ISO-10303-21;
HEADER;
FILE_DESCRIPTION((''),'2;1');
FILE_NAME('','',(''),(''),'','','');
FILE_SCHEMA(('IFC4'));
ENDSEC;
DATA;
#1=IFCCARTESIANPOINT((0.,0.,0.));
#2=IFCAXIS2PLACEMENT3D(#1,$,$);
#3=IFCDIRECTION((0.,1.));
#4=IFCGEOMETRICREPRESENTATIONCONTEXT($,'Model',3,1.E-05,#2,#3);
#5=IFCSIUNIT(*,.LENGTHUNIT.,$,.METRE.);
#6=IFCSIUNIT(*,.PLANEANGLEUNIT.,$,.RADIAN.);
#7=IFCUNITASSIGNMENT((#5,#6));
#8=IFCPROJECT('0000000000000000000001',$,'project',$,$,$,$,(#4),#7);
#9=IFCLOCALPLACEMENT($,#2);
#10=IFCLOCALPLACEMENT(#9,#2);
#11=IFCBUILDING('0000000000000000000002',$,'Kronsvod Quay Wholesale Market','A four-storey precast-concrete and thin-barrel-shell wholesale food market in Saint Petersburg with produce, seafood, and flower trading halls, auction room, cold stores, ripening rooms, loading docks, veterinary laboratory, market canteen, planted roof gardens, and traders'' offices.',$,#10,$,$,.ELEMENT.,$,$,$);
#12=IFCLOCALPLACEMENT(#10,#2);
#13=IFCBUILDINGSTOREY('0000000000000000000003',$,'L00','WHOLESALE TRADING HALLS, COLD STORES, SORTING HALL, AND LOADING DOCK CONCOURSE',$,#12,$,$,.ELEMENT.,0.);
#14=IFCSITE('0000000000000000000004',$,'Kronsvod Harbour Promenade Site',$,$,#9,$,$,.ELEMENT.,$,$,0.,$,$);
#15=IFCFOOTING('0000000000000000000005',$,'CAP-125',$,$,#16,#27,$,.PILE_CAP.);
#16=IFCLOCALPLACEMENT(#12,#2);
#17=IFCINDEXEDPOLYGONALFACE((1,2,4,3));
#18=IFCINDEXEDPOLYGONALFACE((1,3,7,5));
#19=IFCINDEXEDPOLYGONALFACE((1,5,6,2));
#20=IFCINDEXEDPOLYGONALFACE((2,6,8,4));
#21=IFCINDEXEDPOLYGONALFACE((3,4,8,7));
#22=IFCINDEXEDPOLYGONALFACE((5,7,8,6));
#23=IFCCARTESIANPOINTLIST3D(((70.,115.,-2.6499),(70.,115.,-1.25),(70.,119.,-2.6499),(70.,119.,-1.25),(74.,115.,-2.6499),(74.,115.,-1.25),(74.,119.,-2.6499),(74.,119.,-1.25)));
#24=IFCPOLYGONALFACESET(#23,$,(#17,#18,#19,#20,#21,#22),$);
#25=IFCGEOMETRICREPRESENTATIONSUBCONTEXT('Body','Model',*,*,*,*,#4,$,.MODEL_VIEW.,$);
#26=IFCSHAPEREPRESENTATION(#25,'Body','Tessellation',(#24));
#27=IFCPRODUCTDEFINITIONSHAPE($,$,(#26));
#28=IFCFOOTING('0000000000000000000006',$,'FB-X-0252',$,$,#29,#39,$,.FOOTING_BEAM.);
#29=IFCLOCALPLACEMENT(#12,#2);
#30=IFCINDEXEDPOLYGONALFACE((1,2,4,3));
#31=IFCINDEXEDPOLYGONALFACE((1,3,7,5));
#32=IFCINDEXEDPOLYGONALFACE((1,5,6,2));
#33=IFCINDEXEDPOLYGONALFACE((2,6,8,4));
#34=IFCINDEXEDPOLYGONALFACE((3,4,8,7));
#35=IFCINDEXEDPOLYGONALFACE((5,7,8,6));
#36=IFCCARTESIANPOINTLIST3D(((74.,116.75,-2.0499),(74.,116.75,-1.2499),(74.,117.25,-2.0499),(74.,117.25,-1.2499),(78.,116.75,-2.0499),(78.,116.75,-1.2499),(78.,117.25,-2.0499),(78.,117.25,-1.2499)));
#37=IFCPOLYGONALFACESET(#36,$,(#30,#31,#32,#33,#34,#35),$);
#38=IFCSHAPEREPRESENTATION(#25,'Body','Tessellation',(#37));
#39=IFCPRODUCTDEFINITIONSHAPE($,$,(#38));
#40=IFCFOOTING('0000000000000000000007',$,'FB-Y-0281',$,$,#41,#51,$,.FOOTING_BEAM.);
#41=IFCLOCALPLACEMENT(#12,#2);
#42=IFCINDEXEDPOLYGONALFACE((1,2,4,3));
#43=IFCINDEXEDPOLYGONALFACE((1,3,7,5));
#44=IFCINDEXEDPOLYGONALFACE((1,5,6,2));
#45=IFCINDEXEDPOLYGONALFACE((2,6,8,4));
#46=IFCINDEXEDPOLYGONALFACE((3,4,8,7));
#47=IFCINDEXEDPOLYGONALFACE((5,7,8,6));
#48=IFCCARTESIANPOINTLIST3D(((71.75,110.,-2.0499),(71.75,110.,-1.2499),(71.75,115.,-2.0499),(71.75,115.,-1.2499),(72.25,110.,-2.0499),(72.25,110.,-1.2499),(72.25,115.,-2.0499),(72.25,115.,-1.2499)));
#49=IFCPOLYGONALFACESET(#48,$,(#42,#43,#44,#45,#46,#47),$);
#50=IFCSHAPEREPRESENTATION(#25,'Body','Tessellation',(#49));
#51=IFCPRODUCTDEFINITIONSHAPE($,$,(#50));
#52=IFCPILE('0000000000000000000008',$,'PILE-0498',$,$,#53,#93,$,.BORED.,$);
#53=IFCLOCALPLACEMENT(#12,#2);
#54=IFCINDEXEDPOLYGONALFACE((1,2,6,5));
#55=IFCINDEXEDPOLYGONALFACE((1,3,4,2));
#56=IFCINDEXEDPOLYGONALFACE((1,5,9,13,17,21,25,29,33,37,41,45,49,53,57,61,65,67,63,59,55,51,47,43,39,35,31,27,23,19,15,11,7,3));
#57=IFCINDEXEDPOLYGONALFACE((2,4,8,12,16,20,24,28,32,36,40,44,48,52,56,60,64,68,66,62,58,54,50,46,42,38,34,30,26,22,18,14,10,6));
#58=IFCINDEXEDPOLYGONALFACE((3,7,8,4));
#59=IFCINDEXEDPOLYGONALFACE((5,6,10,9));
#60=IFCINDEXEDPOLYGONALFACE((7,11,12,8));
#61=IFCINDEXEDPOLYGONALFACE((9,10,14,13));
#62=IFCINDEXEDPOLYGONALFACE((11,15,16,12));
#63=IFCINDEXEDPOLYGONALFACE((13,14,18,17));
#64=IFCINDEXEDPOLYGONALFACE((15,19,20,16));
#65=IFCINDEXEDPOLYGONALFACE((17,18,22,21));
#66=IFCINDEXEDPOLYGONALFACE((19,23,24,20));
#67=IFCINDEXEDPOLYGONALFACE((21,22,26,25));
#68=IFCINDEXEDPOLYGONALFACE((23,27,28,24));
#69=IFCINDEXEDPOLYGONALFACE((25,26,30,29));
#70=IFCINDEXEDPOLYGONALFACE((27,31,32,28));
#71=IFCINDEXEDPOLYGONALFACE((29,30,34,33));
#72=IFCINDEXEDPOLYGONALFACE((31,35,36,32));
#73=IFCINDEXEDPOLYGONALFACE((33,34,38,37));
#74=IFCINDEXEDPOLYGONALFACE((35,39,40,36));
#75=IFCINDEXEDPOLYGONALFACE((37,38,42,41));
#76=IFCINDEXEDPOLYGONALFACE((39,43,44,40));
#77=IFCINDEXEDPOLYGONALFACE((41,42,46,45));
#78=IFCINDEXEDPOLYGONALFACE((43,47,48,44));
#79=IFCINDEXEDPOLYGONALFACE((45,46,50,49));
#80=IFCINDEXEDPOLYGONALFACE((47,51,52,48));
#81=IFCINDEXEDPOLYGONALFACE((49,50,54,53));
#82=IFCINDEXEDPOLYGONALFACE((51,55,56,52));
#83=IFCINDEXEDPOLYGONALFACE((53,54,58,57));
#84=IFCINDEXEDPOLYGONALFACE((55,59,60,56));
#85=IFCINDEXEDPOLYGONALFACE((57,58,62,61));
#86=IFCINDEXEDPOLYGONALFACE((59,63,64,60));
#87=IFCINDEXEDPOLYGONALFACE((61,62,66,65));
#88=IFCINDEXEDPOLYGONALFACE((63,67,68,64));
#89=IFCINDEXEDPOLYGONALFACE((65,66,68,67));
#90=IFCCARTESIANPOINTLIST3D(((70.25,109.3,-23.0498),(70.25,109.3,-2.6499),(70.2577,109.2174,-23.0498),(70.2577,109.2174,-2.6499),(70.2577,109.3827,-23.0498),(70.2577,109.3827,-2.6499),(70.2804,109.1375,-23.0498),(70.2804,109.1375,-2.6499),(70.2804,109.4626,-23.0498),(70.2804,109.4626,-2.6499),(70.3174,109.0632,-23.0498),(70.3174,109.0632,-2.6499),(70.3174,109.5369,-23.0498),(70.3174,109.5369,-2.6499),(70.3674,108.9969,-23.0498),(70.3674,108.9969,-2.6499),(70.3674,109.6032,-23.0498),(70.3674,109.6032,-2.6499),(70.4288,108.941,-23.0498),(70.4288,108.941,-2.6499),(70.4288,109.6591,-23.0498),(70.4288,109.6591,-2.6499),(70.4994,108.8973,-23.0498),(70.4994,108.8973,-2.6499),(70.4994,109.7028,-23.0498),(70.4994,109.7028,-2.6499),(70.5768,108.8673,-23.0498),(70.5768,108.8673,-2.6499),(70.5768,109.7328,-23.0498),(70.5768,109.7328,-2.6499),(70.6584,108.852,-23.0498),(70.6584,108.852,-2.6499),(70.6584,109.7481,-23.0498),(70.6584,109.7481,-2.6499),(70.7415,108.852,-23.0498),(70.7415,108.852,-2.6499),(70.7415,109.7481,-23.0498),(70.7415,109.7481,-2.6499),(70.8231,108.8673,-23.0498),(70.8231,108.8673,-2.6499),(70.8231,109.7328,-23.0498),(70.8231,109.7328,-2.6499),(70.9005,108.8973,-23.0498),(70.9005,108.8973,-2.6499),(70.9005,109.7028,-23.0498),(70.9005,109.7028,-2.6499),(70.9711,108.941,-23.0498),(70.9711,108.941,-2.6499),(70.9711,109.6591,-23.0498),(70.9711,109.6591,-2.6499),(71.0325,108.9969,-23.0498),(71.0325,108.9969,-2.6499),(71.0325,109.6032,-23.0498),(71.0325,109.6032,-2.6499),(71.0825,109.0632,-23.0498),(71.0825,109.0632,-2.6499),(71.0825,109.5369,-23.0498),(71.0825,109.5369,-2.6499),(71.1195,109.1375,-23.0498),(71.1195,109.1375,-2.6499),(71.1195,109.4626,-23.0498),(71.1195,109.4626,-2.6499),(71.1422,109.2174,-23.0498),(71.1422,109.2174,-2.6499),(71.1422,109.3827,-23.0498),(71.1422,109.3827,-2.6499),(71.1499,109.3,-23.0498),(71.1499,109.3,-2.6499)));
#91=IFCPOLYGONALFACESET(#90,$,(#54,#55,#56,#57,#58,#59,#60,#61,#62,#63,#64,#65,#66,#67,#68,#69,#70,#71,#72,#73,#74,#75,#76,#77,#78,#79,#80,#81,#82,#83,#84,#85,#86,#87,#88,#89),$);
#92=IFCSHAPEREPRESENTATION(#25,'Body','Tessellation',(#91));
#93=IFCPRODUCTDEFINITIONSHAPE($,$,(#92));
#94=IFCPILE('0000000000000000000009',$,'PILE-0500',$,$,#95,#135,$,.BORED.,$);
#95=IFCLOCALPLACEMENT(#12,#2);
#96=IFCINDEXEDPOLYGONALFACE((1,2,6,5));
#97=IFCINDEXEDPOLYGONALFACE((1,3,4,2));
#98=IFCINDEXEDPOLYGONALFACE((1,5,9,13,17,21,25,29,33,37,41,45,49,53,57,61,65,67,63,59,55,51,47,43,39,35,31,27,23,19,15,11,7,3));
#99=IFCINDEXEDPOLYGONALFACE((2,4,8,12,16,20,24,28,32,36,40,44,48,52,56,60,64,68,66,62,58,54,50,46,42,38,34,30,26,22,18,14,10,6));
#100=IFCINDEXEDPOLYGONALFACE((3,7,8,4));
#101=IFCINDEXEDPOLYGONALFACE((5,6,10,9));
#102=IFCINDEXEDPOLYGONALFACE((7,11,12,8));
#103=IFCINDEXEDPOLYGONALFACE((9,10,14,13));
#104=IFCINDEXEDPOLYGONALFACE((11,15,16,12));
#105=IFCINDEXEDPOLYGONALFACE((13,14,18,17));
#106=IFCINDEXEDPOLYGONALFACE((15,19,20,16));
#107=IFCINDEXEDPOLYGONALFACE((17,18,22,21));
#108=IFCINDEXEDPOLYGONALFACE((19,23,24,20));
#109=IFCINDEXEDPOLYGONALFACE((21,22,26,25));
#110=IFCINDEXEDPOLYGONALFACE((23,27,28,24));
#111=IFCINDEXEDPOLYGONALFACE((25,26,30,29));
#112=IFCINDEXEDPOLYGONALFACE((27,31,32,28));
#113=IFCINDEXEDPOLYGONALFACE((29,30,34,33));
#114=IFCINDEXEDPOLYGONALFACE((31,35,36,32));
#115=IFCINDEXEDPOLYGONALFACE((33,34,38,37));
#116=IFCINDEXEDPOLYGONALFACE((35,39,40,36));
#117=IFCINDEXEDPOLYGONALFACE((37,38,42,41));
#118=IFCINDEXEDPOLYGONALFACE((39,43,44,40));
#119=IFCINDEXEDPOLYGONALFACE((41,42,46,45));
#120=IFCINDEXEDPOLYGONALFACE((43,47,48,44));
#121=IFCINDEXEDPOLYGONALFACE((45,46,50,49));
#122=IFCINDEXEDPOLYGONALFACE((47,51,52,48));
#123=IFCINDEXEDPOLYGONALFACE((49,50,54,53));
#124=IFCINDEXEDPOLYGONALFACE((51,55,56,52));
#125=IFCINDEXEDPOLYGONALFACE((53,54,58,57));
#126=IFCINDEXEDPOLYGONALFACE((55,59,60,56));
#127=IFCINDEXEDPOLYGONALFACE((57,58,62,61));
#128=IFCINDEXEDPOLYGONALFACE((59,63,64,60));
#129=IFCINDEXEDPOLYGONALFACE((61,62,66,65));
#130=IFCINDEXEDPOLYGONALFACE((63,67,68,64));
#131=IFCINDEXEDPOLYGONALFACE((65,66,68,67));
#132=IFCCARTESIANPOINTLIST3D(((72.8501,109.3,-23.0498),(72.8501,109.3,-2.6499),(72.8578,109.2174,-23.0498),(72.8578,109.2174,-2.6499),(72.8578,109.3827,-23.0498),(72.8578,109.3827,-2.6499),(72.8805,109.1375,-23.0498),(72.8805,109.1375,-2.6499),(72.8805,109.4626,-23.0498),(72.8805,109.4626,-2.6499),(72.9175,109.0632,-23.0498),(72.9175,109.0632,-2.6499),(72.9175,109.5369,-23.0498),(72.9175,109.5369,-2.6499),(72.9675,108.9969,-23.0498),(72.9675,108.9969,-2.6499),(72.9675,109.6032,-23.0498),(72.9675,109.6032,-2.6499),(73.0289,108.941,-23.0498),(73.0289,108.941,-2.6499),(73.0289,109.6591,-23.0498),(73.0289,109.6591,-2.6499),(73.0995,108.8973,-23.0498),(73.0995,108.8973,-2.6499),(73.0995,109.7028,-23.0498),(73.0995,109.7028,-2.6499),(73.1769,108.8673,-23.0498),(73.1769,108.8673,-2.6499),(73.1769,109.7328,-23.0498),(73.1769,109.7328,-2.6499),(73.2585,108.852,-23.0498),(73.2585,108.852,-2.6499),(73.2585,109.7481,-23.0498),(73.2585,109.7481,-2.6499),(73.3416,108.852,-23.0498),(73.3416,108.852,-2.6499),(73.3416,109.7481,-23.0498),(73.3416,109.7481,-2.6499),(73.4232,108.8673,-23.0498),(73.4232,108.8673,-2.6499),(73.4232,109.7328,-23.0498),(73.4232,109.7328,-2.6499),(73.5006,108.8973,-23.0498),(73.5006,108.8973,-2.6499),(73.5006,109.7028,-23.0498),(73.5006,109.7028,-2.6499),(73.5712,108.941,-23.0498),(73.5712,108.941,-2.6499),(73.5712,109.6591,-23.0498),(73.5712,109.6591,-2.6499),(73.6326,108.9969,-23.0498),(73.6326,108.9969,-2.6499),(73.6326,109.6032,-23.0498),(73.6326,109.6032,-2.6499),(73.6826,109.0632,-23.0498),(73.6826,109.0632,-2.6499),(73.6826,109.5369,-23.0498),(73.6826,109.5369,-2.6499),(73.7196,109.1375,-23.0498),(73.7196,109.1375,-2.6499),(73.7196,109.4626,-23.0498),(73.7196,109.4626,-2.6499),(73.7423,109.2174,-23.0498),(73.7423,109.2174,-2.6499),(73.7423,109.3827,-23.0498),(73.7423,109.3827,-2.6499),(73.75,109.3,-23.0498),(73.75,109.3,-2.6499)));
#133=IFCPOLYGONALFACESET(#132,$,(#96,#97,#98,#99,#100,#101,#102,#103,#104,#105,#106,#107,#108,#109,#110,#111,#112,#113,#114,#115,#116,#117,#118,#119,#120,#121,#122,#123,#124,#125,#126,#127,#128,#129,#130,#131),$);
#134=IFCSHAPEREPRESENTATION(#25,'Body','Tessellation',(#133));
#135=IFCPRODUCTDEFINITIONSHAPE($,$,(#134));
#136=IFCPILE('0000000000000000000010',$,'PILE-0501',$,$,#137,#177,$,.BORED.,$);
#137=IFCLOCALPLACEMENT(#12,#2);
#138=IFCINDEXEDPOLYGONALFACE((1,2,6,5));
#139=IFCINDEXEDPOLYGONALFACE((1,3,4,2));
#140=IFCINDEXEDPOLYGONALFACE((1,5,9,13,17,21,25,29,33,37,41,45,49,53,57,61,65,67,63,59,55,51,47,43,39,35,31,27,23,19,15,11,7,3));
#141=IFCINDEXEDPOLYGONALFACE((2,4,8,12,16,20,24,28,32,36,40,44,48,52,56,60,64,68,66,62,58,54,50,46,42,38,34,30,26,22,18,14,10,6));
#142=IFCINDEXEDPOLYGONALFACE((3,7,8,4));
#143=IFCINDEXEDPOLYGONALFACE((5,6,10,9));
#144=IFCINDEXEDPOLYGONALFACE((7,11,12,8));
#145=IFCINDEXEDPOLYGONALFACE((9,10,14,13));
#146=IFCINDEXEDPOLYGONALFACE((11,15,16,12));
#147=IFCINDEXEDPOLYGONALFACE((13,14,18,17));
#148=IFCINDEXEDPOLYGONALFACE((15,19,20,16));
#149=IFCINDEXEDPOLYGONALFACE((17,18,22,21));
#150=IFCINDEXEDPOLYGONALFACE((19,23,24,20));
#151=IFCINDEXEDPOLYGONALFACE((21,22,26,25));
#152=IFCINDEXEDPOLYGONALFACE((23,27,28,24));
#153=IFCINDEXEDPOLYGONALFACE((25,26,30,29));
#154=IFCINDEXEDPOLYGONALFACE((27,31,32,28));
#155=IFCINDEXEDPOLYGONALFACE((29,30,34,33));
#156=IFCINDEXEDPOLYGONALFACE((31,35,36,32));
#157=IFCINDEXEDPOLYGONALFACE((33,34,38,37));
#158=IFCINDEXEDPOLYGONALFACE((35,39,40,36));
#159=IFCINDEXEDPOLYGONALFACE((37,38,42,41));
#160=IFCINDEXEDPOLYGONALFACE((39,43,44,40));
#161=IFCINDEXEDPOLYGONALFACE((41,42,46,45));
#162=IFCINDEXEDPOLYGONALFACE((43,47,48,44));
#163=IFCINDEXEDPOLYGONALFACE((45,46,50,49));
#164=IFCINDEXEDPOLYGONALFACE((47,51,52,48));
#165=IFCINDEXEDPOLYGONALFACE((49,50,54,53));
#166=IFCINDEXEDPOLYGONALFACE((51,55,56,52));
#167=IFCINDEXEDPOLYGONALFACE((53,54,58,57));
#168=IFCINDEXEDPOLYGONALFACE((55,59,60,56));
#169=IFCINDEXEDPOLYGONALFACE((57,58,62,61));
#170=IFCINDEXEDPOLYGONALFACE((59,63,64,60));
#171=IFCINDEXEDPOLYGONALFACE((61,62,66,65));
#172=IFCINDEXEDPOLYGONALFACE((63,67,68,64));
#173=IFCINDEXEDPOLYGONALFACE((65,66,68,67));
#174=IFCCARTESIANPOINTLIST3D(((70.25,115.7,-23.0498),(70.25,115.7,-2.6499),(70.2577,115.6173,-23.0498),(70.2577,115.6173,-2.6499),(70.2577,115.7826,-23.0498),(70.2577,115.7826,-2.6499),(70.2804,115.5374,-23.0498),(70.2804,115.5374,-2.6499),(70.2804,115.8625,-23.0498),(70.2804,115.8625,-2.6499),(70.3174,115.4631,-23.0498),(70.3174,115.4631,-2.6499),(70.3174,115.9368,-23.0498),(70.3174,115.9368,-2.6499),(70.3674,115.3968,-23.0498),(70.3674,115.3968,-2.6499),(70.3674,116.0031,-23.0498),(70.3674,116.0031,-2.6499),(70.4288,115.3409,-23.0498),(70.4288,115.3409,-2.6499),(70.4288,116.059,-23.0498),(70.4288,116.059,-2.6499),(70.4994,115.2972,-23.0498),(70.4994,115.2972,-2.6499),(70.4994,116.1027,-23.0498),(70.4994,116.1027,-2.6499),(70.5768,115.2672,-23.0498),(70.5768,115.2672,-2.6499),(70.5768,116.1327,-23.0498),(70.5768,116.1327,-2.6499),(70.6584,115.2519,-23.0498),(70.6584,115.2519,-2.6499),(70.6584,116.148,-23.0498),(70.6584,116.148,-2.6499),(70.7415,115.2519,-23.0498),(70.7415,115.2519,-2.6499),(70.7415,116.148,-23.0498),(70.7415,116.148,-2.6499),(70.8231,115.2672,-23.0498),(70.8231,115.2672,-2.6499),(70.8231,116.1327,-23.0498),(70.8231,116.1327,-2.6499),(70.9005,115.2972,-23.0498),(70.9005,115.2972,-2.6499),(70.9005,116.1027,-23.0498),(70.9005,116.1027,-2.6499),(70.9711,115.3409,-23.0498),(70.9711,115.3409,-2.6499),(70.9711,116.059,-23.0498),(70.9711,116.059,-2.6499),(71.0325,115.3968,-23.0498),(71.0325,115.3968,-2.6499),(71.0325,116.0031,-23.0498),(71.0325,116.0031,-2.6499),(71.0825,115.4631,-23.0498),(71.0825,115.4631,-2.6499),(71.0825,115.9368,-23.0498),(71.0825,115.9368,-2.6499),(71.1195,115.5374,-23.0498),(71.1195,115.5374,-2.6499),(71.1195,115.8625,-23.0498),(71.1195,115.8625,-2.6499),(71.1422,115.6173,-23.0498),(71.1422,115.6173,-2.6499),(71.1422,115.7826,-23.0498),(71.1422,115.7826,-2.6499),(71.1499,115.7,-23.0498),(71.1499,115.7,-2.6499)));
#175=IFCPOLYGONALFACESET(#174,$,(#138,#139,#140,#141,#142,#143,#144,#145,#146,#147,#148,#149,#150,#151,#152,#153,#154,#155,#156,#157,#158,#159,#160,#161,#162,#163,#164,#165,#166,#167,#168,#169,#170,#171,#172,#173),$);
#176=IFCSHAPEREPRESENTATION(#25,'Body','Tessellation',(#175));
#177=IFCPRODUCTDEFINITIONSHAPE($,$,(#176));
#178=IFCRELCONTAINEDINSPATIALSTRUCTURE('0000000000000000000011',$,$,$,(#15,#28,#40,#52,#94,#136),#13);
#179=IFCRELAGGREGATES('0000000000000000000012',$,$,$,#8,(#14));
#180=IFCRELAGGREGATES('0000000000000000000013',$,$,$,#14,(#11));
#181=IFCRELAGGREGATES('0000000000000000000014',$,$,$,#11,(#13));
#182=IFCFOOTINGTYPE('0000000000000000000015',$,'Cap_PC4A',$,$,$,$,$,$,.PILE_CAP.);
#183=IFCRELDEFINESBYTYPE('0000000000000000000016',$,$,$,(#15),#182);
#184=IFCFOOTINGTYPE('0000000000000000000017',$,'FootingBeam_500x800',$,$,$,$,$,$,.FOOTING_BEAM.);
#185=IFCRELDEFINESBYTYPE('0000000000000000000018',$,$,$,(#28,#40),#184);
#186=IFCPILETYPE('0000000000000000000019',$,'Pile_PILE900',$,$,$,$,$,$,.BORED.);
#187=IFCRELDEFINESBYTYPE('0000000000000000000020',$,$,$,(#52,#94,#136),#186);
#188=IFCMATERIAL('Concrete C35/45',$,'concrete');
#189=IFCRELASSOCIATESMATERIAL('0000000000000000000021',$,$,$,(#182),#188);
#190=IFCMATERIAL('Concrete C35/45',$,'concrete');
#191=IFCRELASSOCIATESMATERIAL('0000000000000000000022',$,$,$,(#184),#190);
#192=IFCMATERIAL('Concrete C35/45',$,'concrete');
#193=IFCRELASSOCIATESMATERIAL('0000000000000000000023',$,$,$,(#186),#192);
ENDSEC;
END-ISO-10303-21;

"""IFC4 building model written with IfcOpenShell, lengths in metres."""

from ifc_helpers import new_model, si_unit, direction, frame, origin, origin_2d, place, context, subcontext, project, spatial, rectangle, circle, extrude, material, material_profile, profile_set, type_object, element, save


model = new_model("IFC4")

# Units and contexts
model_context = context("Model", 3, precision=1e-05, world=origin(), true_north=direction((0.0, 1.0)))
body_context = subcontext(model_context, "Body", "Model", "MODEL_VIEW")
ifc_project = project(units=[si_unit("LENGTHUNIT", "METRE"), si_unit("PLANEANGLEUNIT", "RADIAN")], contexts=[model_context])

# Site, building, storey
site_placement = place(None, origin())
site = spatial("IfcSite", under=ifc_project, at=site_placement, Name="Kronsvod Harbour Promenade Site", CompositionType="ELEMENT", RefElevation=0.0)
building_placement = place(site_placement, origin())
building = spatial("IfcBuilding", under=site, at=building_placement, Name="Kronsvod Quay Wholesale Market", Description="A four-storey precast-concrete and thin-barrel-shell wholesale food market in Saint Petersburg with produce, seafood, and flower trading halls, auction room, cold stores, ripening rooms, loading docks, veterinary laboratory, market canteen, planted roof gardens, and traders' offices.", CompositionType="ELEMENT")
storey_placement = place(building_placement, origin())
storey = spatial("IfcBuildingStorey", under=building, at=storey_placement, Name="L00", Description="WHOLESALE TRADING HALLS, COLD STORES, SORTING HALL, AND LOADING DOCK CONCOURSE", CompositionType="ELEMENT", Elevation=0.0)

# Footings
ifc_material_1 = material(Name="Concrete C35/45", Category="concrete")
footing_type_1 = type_object("IfcFootingType", Name="Cap_PC4A", PredefinedType="PILE_CAP", material=ifc_material_1)
footing_1_placement = place(storey_placement, frame((72.0, 117.0, -2.6499), z_axis=(0.0, 0.0, 1.0), x_axis=(1.0, 0.0, 0.0)))
element("IfcFooting", 1, at=footing_1_placement, inside=storey, type_object=footing_type_1, Name="CAP-125", PredefinedType="PILE_CAP", context=body_context, shape_type="SweptSolid", body=[
    extrude(rectangle(XDim=4.0, YDim=4.0, at=origin_2d()), origin(), (0.0, 0.0, 1.0), 1.3999),
])
ifc_material_2 = material(Name="Concrete C35/45", Category="concrete")
ifc_material_profile_1 = material_profile(ifc_material_2, rectangle(XDim=0.5, YDim=0.8, at=origin_2d()), Name="FB-01")
ifc_profile_set_1 = profile_set([ifc_material_profile_1], Name="Concrete C35/45")
footing_type_2 = type_object("IfcFootingType", Name="FootingBeam_500x800", PredefinedType="FOOTING_BEAM", material=ifc_profile_set_1)
footing_2_placement = place(storey_placement, frame((74.0, 117.0, -1.6499), z_axis=(1.0, 0.0, 0.0), x_axis=(0.0, 1.0, 0.0)))
element("IfcFooting", 2, at=footing_2_placement, inside=storey, type_object=footing_type_2, Name="FB-X-0252", PredefinedType="FOOTING_BEAM", context=body_context, shape_type="SweptSolid", body=[
    extrude(rectangle(XDim=0.5, YDim=0.8, at=origin_2d()), origin(), (0.0, 0.0, 1.0), 4.0),
])
footing_3_placement = place(storey_placement, frame((72.0, 110.0, -1.6499), z_axis=(0.0, 1.0, 0.0), x_axis=(-1.0, 0.0, 0.0)))
element("IfcFooting", 3, at=footing_3_placement, inside=storey, type_object=footing_type_2, Name="FB-Y-0281", PredefinedType="FOOTING_BEAM", context=body_context, shape_type="SweptSolid", body=[
    extrude(rectangle(XDim=0.5, YDim=0.8, at=origin_2d()), origin(), (0.0, 0.0, 1.0), 5.0),
])

# Piles
ifc_material_3 = material(Name="Concrete C35/45", Category="concrete")
ifc_material_profile_2 = material_profile(ifc_material_3, circle(Radius=0.45, at=origin_2d()), Name="PILE900")
ifc_profile_set_2 = profile_set([ifc_material_profile_2], Name="Concrete C35/45")
pile_type = type_object("IfcPileType", Name="Pile_PILE900", PredefinedType="BORED", material=ifc_profile_set_2)
for number, where, z_axis, x_axis, name in (
    (4, (70.7, 109.3, -2.6499), (0.0, 0.0, -1.0), (1.0, 0.0, 0.0), "PILE-0498"),
    (5, (73.3, 109.3, -2.6499), (0.0, 0.0, -1.0), (1.0, 0.0, 0.0), "PILE-0500"),
    (6, (70.7, 115.7, -2.6499), (0.0, 0.0, -1.0), (1.0, 0.0, 0.0), "PILE-0501"),
):
    element("IfcPile", number, at=place(storey_placement, frame(where, z_axis=z_axis, x_axis=x_axis)), inside=storey, type_object=pile_type, Name=name, PredefinedType="BORED", context=body_context, shape_type="SweptSolid", body=[
        extrude(circle(Radius=0.45, at=origin_2d()), origin(), (0.0, 0.0, 1.0), 20.3999),
    ])

save(model, "model.ifc")
